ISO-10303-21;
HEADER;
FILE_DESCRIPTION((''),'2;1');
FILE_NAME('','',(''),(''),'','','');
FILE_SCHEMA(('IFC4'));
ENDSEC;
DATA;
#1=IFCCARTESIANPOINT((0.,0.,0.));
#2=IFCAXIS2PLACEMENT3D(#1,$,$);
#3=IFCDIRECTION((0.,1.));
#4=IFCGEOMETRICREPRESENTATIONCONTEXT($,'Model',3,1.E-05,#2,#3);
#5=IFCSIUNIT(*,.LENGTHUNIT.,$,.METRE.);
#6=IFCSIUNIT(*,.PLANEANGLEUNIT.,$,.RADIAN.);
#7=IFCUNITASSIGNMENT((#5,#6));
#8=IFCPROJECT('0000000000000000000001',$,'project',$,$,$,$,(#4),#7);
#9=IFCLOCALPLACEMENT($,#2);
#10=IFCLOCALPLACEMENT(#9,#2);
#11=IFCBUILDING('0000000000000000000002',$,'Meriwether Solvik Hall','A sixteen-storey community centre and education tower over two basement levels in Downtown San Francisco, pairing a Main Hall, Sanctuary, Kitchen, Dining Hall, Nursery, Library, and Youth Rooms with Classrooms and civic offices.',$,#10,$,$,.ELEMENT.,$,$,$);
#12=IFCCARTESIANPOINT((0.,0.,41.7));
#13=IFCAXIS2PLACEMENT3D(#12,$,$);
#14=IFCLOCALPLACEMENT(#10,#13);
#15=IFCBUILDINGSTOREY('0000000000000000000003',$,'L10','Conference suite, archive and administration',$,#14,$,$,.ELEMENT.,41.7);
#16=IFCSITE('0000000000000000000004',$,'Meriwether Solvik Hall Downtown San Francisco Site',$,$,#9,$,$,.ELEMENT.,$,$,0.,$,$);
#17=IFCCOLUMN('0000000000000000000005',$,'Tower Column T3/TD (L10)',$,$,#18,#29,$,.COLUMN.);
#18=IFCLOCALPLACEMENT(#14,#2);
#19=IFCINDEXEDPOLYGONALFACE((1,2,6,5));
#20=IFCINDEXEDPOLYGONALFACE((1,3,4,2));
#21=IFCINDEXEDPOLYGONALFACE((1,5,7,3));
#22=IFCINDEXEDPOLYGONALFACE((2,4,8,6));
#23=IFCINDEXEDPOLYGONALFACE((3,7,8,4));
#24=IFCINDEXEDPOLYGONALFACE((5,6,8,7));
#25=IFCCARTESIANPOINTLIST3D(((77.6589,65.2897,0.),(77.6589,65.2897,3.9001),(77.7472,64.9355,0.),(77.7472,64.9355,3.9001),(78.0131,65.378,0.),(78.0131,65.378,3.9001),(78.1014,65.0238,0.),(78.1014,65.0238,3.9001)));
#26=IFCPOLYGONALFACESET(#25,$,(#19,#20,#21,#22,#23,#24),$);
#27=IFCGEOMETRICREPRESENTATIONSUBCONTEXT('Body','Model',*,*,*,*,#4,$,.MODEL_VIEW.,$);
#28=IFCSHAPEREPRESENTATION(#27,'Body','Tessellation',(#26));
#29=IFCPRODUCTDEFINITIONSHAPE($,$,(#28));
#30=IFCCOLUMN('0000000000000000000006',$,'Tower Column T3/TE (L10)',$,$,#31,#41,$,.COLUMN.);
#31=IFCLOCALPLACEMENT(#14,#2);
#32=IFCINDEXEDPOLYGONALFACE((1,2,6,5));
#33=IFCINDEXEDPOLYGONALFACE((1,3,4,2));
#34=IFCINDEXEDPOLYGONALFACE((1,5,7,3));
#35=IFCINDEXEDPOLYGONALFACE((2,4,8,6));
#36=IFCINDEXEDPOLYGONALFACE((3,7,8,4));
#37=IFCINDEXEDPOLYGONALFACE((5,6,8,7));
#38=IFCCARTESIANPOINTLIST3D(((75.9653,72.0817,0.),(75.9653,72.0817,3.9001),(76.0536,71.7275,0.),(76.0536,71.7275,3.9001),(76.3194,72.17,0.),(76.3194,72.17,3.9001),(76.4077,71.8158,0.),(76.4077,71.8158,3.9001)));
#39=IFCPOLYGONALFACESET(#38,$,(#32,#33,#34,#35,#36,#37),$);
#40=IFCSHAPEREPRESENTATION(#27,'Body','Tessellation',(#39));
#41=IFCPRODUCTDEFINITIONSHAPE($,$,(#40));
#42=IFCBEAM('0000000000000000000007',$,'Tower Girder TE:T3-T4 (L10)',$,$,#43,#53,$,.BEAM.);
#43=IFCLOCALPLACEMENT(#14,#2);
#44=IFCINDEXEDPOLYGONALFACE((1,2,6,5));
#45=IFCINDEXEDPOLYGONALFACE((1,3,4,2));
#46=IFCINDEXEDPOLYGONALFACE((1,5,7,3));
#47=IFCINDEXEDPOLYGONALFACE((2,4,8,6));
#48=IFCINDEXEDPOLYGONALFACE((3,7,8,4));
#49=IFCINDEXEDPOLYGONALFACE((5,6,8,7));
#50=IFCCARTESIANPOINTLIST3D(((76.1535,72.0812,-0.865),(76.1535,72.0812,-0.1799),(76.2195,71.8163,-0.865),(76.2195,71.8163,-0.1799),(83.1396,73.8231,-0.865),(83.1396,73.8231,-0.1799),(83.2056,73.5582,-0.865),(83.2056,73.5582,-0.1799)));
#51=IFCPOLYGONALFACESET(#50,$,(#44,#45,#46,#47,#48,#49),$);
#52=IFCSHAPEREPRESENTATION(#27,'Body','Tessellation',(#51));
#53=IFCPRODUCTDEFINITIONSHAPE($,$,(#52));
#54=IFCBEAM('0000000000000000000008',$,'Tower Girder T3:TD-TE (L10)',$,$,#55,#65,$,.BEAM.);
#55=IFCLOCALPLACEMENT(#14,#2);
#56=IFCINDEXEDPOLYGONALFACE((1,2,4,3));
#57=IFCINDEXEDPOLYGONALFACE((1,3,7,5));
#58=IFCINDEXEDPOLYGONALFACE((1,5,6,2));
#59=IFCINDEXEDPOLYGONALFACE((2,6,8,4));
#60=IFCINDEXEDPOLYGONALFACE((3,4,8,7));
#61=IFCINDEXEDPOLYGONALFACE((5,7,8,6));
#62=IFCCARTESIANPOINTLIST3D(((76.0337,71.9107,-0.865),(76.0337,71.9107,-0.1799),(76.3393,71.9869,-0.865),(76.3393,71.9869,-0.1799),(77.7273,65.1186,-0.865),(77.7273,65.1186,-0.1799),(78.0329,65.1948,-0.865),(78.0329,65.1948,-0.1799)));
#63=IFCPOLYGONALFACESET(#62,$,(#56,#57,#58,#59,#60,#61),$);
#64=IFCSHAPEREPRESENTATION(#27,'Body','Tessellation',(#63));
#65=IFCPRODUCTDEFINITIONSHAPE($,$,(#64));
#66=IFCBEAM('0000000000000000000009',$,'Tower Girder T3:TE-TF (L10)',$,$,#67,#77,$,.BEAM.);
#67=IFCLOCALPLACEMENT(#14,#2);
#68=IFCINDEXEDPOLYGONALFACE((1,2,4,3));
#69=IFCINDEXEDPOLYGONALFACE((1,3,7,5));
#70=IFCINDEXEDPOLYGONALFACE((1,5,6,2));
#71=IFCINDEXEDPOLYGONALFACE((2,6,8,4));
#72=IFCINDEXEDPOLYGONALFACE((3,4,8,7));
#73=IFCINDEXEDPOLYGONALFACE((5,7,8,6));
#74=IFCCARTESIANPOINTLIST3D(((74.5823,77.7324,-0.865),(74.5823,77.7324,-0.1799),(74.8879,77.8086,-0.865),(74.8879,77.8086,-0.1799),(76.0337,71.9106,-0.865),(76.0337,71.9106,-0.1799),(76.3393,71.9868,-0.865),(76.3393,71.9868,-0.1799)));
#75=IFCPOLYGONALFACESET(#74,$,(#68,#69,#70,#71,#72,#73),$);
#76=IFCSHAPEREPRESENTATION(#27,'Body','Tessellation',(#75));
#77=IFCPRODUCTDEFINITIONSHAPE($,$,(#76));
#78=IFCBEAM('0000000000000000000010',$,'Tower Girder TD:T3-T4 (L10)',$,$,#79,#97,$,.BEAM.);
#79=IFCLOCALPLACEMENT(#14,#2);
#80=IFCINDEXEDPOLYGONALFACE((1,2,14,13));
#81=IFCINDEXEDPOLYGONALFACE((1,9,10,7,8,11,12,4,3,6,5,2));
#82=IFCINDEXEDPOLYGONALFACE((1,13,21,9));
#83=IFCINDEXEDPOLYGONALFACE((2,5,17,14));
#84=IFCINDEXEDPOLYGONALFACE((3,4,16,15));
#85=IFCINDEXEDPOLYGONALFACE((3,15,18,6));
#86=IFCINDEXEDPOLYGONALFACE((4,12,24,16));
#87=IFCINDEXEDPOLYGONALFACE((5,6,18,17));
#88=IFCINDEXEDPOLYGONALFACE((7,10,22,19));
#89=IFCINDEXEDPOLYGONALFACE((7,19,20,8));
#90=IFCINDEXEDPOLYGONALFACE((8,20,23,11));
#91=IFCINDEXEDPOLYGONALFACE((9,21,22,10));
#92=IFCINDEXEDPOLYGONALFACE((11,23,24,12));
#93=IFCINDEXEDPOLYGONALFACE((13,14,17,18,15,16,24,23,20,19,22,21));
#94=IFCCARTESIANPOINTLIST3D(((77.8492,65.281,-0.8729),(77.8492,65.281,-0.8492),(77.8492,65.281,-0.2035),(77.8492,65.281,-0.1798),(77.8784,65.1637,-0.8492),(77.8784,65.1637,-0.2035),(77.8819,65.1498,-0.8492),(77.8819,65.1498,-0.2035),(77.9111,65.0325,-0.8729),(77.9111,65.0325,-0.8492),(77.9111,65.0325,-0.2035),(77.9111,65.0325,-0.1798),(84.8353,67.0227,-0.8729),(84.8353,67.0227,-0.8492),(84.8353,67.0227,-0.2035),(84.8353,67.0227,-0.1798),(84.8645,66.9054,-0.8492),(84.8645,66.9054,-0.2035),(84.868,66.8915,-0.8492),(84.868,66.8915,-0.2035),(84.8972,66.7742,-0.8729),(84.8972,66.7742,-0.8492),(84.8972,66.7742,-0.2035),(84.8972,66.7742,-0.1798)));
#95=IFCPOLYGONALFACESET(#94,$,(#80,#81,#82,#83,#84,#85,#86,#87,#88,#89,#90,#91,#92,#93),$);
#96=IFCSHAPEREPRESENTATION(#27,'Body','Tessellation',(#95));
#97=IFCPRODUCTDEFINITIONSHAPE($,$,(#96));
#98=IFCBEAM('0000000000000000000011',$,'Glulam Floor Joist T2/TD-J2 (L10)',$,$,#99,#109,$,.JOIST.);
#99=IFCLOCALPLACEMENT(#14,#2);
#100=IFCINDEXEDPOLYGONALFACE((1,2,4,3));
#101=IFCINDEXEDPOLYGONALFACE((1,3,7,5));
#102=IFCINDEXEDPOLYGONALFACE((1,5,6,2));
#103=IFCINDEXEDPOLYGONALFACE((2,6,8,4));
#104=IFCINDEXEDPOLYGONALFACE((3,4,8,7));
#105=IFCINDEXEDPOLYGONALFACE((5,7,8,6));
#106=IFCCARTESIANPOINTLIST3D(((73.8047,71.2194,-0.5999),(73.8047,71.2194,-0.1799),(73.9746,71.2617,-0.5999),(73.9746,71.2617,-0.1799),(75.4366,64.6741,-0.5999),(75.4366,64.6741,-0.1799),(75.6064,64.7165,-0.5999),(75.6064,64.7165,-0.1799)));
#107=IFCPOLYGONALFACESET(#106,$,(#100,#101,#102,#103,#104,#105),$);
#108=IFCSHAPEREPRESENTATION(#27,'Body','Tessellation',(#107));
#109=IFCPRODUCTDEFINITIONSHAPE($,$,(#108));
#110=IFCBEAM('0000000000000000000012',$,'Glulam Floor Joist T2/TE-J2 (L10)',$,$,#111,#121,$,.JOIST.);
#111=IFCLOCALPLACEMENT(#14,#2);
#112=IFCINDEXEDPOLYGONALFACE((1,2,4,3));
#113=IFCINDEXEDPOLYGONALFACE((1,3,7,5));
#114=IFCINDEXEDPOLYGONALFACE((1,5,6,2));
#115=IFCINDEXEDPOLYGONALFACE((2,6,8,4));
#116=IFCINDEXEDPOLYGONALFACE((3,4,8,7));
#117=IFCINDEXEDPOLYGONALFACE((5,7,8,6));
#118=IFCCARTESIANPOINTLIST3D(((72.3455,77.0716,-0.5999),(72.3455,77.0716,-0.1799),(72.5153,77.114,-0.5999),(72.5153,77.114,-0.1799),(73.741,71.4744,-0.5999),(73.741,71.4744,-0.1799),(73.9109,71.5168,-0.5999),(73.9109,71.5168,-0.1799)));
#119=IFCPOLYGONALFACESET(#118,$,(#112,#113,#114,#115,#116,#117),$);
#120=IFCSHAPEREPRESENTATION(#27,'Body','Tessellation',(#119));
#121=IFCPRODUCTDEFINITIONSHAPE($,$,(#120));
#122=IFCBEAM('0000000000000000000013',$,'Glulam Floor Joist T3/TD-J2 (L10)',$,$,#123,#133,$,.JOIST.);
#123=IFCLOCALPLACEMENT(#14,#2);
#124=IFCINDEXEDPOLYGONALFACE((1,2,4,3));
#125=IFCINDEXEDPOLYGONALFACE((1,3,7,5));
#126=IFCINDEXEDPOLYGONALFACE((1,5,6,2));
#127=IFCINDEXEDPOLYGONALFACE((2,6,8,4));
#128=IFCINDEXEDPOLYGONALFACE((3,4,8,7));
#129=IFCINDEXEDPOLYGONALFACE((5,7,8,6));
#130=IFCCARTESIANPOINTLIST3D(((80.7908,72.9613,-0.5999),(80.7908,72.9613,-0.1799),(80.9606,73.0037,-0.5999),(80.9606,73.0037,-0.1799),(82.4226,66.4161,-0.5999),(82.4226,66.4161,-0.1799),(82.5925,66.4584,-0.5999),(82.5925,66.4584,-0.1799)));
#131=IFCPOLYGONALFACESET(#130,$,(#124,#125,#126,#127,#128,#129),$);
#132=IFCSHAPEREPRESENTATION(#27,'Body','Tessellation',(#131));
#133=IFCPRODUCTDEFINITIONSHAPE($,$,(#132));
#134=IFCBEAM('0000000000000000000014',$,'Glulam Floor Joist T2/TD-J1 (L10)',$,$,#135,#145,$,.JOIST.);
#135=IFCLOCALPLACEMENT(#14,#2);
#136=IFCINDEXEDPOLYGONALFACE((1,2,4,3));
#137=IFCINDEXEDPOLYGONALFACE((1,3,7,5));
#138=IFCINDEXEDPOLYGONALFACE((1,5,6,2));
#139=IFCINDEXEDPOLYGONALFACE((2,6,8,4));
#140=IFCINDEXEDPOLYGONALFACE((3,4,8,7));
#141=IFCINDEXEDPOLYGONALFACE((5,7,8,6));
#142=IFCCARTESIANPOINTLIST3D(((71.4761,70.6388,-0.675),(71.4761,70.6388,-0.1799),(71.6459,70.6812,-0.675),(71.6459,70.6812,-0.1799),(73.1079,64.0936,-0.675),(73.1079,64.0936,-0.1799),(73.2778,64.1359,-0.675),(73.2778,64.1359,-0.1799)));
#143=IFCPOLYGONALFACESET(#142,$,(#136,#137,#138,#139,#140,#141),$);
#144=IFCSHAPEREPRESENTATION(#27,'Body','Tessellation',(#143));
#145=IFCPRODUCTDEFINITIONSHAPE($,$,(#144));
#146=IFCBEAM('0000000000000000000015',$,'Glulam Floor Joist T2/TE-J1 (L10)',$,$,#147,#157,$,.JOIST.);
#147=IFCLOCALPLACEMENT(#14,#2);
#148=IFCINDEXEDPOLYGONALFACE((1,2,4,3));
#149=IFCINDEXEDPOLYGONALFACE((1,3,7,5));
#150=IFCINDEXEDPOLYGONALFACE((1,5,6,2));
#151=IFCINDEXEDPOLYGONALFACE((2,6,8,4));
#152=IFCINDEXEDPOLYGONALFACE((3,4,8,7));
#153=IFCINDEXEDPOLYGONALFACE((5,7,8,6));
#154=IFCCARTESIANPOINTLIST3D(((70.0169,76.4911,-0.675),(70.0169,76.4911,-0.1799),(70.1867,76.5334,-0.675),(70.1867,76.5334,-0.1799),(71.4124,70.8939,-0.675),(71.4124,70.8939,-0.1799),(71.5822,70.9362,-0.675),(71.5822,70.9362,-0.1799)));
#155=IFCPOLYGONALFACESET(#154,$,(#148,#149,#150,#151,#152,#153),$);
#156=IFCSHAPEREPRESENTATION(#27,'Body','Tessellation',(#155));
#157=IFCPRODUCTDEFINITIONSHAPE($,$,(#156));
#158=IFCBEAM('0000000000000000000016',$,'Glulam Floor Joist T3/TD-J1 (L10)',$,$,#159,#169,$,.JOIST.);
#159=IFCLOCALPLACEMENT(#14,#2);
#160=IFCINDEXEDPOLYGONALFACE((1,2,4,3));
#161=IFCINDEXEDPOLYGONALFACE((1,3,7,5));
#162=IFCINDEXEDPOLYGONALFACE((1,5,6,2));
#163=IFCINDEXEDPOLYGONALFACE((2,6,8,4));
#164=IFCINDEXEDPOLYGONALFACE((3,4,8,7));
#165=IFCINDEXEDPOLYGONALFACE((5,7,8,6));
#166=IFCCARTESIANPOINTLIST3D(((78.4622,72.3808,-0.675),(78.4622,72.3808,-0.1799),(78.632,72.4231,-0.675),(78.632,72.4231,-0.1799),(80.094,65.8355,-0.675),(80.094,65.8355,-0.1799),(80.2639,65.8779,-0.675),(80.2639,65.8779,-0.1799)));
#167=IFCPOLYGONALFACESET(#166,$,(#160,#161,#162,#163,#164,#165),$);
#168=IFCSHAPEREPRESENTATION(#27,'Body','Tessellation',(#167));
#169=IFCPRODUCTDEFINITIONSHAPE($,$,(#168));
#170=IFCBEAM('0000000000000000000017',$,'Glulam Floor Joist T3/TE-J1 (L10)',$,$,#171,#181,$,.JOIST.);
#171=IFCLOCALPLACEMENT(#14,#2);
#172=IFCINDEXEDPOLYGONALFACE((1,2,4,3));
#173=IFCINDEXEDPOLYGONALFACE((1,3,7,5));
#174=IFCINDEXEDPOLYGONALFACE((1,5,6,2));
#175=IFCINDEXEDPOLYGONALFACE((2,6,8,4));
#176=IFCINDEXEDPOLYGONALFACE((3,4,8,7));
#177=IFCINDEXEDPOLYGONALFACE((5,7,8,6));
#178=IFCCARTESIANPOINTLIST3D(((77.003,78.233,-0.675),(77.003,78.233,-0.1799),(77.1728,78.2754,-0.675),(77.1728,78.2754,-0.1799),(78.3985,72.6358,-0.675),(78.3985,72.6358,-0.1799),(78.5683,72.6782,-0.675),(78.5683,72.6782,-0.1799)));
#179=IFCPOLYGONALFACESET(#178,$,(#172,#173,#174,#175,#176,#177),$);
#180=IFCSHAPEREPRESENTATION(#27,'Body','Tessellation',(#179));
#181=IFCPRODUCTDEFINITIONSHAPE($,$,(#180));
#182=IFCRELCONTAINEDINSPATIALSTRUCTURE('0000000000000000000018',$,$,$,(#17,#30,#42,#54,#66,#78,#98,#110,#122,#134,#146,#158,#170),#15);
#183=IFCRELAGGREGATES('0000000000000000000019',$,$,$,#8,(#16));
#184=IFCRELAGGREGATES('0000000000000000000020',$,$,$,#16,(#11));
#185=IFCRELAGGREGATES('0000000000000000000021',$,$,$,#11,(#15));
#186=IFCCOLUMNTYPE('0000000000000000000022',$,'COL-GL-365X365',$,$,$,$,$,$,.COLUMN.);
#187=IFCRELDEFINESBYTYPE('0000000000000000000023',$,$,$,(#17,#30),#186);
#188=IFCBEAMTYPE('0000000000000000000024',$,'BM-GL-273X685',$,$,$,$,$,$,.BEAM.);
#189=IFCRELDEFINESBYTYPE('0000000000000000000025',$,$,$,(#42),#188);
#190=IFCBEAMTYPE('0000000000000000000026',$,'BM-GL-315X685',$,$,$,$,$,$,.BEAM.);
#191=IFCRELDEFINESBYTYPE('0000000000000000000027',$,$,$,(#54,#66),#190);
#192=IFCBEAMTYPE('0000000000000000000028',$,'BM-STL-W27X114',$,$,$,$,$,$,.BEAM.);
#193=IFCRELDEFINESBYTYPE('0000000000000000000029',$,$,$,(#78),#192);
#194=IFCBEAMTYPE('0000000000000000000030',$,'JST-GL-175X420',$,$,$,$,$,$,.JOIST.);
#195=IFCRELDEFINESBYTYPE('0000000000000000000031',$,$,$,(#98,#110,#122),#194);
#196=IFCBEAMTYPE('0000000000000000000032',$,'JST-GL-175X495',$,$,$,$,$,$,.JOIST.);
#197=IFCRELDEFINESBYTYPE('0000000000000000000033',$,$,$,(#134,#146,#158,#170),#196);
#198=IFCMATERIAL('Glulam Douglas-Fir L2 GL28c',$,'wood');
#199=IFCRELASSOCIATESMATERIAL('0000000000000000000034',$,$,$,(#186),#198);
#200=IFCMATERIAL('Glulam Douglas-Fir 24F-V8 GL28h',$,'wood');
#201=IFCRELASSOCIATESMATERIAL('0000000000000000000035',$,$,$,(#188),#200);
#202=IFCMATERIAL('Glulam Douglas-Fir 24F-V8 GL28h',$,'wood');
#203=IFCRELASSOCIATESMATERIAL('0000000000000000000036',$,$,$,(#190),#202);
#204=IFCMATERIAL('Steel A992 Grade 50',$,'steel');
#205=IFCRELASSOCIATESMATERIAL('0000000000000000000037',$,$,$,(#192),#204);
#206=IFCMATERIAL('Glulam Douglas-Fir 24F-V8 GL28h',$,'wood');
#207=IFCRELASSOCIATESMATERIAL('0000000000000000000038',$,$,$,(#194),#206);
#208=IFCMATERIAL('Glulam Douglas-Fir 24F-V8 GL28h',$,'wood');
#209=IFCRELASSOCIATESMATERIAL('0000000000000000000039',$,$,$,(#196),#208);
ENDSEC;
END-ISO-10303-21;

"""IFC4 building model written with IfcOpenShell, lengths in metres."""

from ifc_helpers import new_model, si_unit, direction, frame, origin, origin_2d, place, context, subcontext, project, spatial, rectangle, i_section, extrude, material, material_profile, profile_set, type_object, element, save


model = new_model("IFC4")

# Units and contexts
model_context = context("Model", 3, precision=1e-05, world=origin(), true_north=direction((0.0, 1.0)))
body_context = subcontext(model_context, "Body", "Model", "MODEL_VIEW")
ifc_project = project(units=[si_unit("LENGTHUNIT", "METRE"), si_unit("PLANEANGLEUNIT", "RADIAN")], contexts=[model_context])

# Site, building, storey
site_placement = place(None, origin())
site = spatial("IfcSite", under=ifc_project, at=site_placement, Name="Meriwether Solvik Hall Downtown San Francisco Site", CompositionType="ELEMENT", RefElevation=0.0)
building_placement = place(site_placement, origin())
building = spatial("IfcBuilding", under=site, at=building_placement, Name="Meriwether Solvik Hall", Description="A sixteen-storey community centre and education tower over two basement levels in Downtown San Francisco, pairing a Main Hall, Sanctuary, Kitchen, Dining Hall, Nursery, Library, and Youth Rooms with Classrooms and civic offices.", CompositionType="ELEMENT")
storey_placement = place(building_placement, frame((0.0, 0.0, 41.7)))
storey = spatial("IfcBuildingStorey", under=building, at=storey_placement, Name="L10", Description="Conference suite, archive and administration", CompositionType="ELEMENT", Elevation=41.7)

# Columns
ifc_material_1 = material(Name="Glulam Douglas-Fir L2 GL28c", Category="wood")
ifc_material_profile_1 = material_profile(ifc_material_1, rectangle(XDim=0.365, YDim=0.365, at=origin_2d()), Name="GLC-365X365")
ifc_profile_set_1 = profile_set([ifc_material_profile_1], Name="Glulam Douglas-Fir L2 GL28c")
column_type = type_object("IfcColumnType", Name="COL-GL-365X365", PredefinedType="COLUMN", material=ifc_profile_set_1)
for number, where, z_axis, x_axis, name in (
    (1, (77.8801, 65.1567, 0.0), (0.0, 0.0, 1.0), (0.970296, 0.241922, 0.0), "Tower Column T3/TD (L10)"),
    (2, (76.1865, 71.9487, 0.0), (0.0, 0.0, 1.0), (0.970296, 0.241922, 0.0), "Tower Column T3/TE (L10)"),
):
    element("IfcColumn", number, at=place(storey_placement, frame(where, z_axis=z_axis, x_axis=x_axis)), inside=storey, type_object=column_type, Name=name, PredefinedType="COLUMN", context=body_context, shape_type="SweptSolid", body=[
        extrude(rectangle(XDim=0.365, YDim=0.365, at=origin_2d()), origin(), (0.0, 0.0, 1.0), 3.9001),
    ])

# Beams
ifc_material_2 = material(Name="Glulam Douglas-Fir 24F-V8 GL28h", Category="wood")
ifc_material_profile_2 = material_profile(ifc_material_2, rectangle(XDim=0.2729, YDim=0.6851, at=origin_2d()), Name="GLB-273X685")
ifc_profile_set_2 = profile_set([ifc_material_profile_2], Name="Glulam Douglas-Fir 24F-V8 GL28h")
beam_type_1 = type_object("IfcBeamType", Name="BM-GL-273X685", PredefinedType="BEAM", material=ifc_profile_set_2)
beam_1_placement = place(storey_placement, frame((76.1865, 71.9487, -0.5225), z_axis=(0.970292, 0.241937, 0.0), x_axis=(-0.241937, 0.970292, 0.0)))
element("IfcBeam", 3, at=beam_1_placement, inside=storey, type_object=beam_type_1, Name="Tower Girder TE:T3-T4 (L10)", PredefinedType="BEAM", context=body_context, shape_type="SweptSolid", body=[
    extrude(rectangle(XDim=0.2729, YDim=0.6851, at=origin_2d()), origin(), (0.0, 0.0, 1.0), 7.2),
])
ifc_material_3 = material(Name="Glulam Douglas-Fir 24F-V8 GL28h", Category="wood")
ifc_material_profile_3 = material_profile(ifc_material_3, rectangle(XDim=0.3149, YDim=0.6851, at=origin_2d()), Name="GLB-315X685")
ifc_profile_set_3 = profile_set([ifc_material_profile_3], Name="Glulam Douglas-Fir 24F-V8 GL28h")
beam_type_2 = type_object("IfcBeamType", Name="BM-GL-315X685", PredefinedType="BEAM", material=ifc_profile_set_3)
beam_2_placement = place(storey_placement, frame((77.8801, 65.1567, -0.5225), z_axis=(-0.241945, 0.97029, 0.0), x_axis=(-0.97029, -0.241945, 0.0)))
element("IfcBeam", 4, at=beam_2_placement, inside=storey, type_object=beam_type_2, Name="Tower Girder T3:TD-TE (L10)", PredefinedType="BEAM", context=body_context, shape_type="SweptSolid", body=[
    extrude(rectangle(XDim=0.3149, YDim=0.6851, at=origin_2d()), origin(), (0.0, 0.0, 1.0), 7.0),
])
beam_3_placement = place(storey_placement, frame((76.1865, 71.9487, -0.5225), z_axis=(-0.241904, 0.9703, 0.0), x_axis=(-0.9703, -0.241904, 0.0)))
element("IfcBeam", 5, at=beam_3_placement, inside=storey, type_object=beam_type_2, Name="Tower Girder T3:TE-TF (L10)", PredefinedType="BEAM", context=body_context, shape_type="SweptSolid", body=[
    extrude(rectangle(XDim=0.3149, YDim=0.6851, at=origin_2d()), origin(), (0.0, 0.0, 1.0), 6.0),
])
ifc_material_4 = material(Name="Steel A992 Grade 50", Category="steel")
ifc_material_profile_4 = material_profile(ifc_material_4, i_section(OverallWidth=0.2561, OverallDepth=0.6931, WebThickness=0.0144, FlangeThickness=0.0237, at=origin_2d()), Name="W27X114")
ifc_profile_set_4 = profile_set([ifc_material_profile_4], Name="Steel A992 Grade 50")
beam_type_3 = type_object("IfcBeamType", Name="BM-STL-W27X114", PredefinedType="BEAM", material=ifc_profile_set_4)
beam_4_placement = place(storey_placement, frame((77.8801, 65.1567, -0.5264), z_axis=(0.9703, 0.241905, 0.0), x_axis=(-0.241905, 0.9703, 0.0)))
element("IfcBeam", 6, at=beam_4_placement, inside=storey, type_object=beam_type_3, Name="Tower Girder TD:T3-T4 (L10)", PredefinedType="BEAM", context=body_context, shape_type="SweptSolid", body=[
    extrude(i_section(OverallWidth=0.2561, OverallDepth=0.6931, WebThickness=0.0144, FlangeThickness=0.0237, at=origin_2d()), origin(), (0.0, 0.0, 1.0), 7.2),
])
ifc_material_5 = material(Name="Glulam Douglas-Fir 24F-V8 GL28h", Category="wood")
ifc_material_profile_5 = material_profile(ifc_material_5, rectangle(XDim=0.175, YDim=0.4199, at=origin_2d()), Name="GLJ-175X420")
ifc_profile_set_5 = profile_set([ifc_material_profile_5], Name="Glulam Douglas-Fir 24F-V8 GL28h")
beam_type_4 = type_object("IfcBeamType", Name="JST-GL-175X420", PredefinedType="JOIST", material=ifc_profile_set_5)
beam_5_placement = place(storey_placement, frame((75.5215, 64.6953, -0.3899), z_axis=(-0.241914, 0.970298, 0.0), x_axis=(-0.970298, -0.241914, 0.0)))
element("IfcBeam", 7, at=beam_5_placement, inside=storey, type_object=beam_type_4, Name="Glulam Floor Joist T2/TD-J2 (L10)", PredefinedType="JOIST", context=body_context, shape_type="SweptSolid", body=[
    extrude(rectangle(XDim=0.175, YDim=0.4199, at=origin_2d()), origin(), (0.0, 0.0, 1.0), 6.7456),
])
beam_6_placement = place(storey_placement, frame((73.8259, 71.4956, -0.3899), z_axis=(-0.241918, 0.970297, 0.0), x_axis=(-0.970297, -0.241918, 0.0)))
element("IfcBeam", 8, at=beam_6_placement, inside=storey, type_object=beam_type_4, Name="Glulam Floor Joist T2/TE-J2 (L10)", PredefinedType="JOIST", context=body_context, shape_type="SweptSolid", body=[
    extrude(rectangle(XDim=0.175, YDim=0.4199, at=origin_2d()), origin(), (0.0, 0.0, 1.0), 5.7686),
])
beam_7_placement = place(storey_placement, frame((82.5076, 66.4373, -0.3899), z_axis=(-0.241914, 0.970298, 0.0), x_axis=(-0.970298, -0.241914, 0.0)))
element("IfcBeam", 9, at=beam_7_placement, inside=storey, type_object=beam_type_4, Name="Glulam Floor Joist T3/TD-J2 (L10)", PredefinedType="JOIST", context=body_context, shape_type="SweptSolid", body=[
    extrude(rectangle(XDim=0.175, YDim=0.4199, at=origin_2d()), origin(), (0.0, 0.0, 1.0), 6.7456),
])
ifc_material_6 = material(Name="Glulam Douglas-Fir 24F-V8 GL28h", Category="wood")
ifc_material_profile_6 = material_profile(ifc_material_6, rectangle(XDim=0.175, YDim=0.4951, at=origin_2d()), Name="GLJ-175X495")
ifc_profile_set_6 = profile_set([ifc_material_profile_6], Name="Glulam Douglas-Fir 24F-V8 GL28h")
beam_type_5 = type_object("IfcBeamType", Name="JST-GL-175X495", PredefinedType="JOIST", material=ifc_profile_set_6)
beam_8_placement = place(storey_placement, frame((73.1929, 64.1147, -0.4275), z_axis=(-0.241914, 0.970298, 0.0), x_axis=(-0.970298, -0.241914, 0.0)))
element("IfcBeam", 10, at=beam_8_placement, inside=storey, type_object=beam_type_5, Name="Glulam Floor Joist T2/TD-J1 (L10)", PredefinedType="JOIST", context=body_context, shape_type="SweptSolid", body=[
    extrude(rectangle(XDim=0.175, YDim=0.4951, at=origin_2d()), origin(), (0.0, 0.0, 1.0), 6.7456),
])
beam_9_placement = place(storey_placement, frame((71.4973, 70.915, -0.4275), z_axis=(-0.241918, 0.970297, 0.0), x_axis=(-0.970297, -0.241918, 0.0)))
element("IfcBeam", 11, at=beam_9_placement, inside=storey, type_object=beam_type_5, Name="Glulam Floor Joist T2/TE-J1 (L10)", PredefinedType="JOIST", context=body_context, shape_type="SweptSolid", body=[
    extrude(rectangle(XDim=0.175, YDim=0.4951, at=origin_2d()), origin(), (0.0, 0.0, 1.0), 5.7686),
])
beam_10_placement = place(storey_placement, frame((80.179, 65.8567, -0.4275), z_axis=(-0.241914, 0.970298, 0.0), x_axis=(-0.970298, -0.241914, 0.0)))
element("IfcBeam", 12, at=beam_10_placement, inside=storey, type_object=beam_type_5, Name="Glulam Floor Joist T3/TD-J1 (L10)", PredefinedType="JOIST", context=body_context, shape_type="SweptSolid", body=[
    extrude(rectangle(XDim=0.175, YDim=0.4951, at=origin_2d()), origin(), (0.0, 0.0, 1.0), 6.7456),
])
beam_11_placement = place(storey_placement, frame((78.4834, 72.657, -0.4275), z_axis=(-0.241918, 0.970297, 0.0), x_axis=(-0.970297, -0.241918, 0.0)))
element("IfcBeam", 13, at=beam_11_placement, inside=storey, type_object=beam_type_5, Name="Glulam Floor Joist T3/TE-J1 (L10)", PredefinedType="JOIST", context=body_context, shape_type="SweptSolid", body=[
    extrude(rectangle(XDim=0.175, YDim=0.4951, at=origin_2d()), origin(), (0.0, 0.0, 1.0), 5.7686),
])

save(model, "model.ifc")
